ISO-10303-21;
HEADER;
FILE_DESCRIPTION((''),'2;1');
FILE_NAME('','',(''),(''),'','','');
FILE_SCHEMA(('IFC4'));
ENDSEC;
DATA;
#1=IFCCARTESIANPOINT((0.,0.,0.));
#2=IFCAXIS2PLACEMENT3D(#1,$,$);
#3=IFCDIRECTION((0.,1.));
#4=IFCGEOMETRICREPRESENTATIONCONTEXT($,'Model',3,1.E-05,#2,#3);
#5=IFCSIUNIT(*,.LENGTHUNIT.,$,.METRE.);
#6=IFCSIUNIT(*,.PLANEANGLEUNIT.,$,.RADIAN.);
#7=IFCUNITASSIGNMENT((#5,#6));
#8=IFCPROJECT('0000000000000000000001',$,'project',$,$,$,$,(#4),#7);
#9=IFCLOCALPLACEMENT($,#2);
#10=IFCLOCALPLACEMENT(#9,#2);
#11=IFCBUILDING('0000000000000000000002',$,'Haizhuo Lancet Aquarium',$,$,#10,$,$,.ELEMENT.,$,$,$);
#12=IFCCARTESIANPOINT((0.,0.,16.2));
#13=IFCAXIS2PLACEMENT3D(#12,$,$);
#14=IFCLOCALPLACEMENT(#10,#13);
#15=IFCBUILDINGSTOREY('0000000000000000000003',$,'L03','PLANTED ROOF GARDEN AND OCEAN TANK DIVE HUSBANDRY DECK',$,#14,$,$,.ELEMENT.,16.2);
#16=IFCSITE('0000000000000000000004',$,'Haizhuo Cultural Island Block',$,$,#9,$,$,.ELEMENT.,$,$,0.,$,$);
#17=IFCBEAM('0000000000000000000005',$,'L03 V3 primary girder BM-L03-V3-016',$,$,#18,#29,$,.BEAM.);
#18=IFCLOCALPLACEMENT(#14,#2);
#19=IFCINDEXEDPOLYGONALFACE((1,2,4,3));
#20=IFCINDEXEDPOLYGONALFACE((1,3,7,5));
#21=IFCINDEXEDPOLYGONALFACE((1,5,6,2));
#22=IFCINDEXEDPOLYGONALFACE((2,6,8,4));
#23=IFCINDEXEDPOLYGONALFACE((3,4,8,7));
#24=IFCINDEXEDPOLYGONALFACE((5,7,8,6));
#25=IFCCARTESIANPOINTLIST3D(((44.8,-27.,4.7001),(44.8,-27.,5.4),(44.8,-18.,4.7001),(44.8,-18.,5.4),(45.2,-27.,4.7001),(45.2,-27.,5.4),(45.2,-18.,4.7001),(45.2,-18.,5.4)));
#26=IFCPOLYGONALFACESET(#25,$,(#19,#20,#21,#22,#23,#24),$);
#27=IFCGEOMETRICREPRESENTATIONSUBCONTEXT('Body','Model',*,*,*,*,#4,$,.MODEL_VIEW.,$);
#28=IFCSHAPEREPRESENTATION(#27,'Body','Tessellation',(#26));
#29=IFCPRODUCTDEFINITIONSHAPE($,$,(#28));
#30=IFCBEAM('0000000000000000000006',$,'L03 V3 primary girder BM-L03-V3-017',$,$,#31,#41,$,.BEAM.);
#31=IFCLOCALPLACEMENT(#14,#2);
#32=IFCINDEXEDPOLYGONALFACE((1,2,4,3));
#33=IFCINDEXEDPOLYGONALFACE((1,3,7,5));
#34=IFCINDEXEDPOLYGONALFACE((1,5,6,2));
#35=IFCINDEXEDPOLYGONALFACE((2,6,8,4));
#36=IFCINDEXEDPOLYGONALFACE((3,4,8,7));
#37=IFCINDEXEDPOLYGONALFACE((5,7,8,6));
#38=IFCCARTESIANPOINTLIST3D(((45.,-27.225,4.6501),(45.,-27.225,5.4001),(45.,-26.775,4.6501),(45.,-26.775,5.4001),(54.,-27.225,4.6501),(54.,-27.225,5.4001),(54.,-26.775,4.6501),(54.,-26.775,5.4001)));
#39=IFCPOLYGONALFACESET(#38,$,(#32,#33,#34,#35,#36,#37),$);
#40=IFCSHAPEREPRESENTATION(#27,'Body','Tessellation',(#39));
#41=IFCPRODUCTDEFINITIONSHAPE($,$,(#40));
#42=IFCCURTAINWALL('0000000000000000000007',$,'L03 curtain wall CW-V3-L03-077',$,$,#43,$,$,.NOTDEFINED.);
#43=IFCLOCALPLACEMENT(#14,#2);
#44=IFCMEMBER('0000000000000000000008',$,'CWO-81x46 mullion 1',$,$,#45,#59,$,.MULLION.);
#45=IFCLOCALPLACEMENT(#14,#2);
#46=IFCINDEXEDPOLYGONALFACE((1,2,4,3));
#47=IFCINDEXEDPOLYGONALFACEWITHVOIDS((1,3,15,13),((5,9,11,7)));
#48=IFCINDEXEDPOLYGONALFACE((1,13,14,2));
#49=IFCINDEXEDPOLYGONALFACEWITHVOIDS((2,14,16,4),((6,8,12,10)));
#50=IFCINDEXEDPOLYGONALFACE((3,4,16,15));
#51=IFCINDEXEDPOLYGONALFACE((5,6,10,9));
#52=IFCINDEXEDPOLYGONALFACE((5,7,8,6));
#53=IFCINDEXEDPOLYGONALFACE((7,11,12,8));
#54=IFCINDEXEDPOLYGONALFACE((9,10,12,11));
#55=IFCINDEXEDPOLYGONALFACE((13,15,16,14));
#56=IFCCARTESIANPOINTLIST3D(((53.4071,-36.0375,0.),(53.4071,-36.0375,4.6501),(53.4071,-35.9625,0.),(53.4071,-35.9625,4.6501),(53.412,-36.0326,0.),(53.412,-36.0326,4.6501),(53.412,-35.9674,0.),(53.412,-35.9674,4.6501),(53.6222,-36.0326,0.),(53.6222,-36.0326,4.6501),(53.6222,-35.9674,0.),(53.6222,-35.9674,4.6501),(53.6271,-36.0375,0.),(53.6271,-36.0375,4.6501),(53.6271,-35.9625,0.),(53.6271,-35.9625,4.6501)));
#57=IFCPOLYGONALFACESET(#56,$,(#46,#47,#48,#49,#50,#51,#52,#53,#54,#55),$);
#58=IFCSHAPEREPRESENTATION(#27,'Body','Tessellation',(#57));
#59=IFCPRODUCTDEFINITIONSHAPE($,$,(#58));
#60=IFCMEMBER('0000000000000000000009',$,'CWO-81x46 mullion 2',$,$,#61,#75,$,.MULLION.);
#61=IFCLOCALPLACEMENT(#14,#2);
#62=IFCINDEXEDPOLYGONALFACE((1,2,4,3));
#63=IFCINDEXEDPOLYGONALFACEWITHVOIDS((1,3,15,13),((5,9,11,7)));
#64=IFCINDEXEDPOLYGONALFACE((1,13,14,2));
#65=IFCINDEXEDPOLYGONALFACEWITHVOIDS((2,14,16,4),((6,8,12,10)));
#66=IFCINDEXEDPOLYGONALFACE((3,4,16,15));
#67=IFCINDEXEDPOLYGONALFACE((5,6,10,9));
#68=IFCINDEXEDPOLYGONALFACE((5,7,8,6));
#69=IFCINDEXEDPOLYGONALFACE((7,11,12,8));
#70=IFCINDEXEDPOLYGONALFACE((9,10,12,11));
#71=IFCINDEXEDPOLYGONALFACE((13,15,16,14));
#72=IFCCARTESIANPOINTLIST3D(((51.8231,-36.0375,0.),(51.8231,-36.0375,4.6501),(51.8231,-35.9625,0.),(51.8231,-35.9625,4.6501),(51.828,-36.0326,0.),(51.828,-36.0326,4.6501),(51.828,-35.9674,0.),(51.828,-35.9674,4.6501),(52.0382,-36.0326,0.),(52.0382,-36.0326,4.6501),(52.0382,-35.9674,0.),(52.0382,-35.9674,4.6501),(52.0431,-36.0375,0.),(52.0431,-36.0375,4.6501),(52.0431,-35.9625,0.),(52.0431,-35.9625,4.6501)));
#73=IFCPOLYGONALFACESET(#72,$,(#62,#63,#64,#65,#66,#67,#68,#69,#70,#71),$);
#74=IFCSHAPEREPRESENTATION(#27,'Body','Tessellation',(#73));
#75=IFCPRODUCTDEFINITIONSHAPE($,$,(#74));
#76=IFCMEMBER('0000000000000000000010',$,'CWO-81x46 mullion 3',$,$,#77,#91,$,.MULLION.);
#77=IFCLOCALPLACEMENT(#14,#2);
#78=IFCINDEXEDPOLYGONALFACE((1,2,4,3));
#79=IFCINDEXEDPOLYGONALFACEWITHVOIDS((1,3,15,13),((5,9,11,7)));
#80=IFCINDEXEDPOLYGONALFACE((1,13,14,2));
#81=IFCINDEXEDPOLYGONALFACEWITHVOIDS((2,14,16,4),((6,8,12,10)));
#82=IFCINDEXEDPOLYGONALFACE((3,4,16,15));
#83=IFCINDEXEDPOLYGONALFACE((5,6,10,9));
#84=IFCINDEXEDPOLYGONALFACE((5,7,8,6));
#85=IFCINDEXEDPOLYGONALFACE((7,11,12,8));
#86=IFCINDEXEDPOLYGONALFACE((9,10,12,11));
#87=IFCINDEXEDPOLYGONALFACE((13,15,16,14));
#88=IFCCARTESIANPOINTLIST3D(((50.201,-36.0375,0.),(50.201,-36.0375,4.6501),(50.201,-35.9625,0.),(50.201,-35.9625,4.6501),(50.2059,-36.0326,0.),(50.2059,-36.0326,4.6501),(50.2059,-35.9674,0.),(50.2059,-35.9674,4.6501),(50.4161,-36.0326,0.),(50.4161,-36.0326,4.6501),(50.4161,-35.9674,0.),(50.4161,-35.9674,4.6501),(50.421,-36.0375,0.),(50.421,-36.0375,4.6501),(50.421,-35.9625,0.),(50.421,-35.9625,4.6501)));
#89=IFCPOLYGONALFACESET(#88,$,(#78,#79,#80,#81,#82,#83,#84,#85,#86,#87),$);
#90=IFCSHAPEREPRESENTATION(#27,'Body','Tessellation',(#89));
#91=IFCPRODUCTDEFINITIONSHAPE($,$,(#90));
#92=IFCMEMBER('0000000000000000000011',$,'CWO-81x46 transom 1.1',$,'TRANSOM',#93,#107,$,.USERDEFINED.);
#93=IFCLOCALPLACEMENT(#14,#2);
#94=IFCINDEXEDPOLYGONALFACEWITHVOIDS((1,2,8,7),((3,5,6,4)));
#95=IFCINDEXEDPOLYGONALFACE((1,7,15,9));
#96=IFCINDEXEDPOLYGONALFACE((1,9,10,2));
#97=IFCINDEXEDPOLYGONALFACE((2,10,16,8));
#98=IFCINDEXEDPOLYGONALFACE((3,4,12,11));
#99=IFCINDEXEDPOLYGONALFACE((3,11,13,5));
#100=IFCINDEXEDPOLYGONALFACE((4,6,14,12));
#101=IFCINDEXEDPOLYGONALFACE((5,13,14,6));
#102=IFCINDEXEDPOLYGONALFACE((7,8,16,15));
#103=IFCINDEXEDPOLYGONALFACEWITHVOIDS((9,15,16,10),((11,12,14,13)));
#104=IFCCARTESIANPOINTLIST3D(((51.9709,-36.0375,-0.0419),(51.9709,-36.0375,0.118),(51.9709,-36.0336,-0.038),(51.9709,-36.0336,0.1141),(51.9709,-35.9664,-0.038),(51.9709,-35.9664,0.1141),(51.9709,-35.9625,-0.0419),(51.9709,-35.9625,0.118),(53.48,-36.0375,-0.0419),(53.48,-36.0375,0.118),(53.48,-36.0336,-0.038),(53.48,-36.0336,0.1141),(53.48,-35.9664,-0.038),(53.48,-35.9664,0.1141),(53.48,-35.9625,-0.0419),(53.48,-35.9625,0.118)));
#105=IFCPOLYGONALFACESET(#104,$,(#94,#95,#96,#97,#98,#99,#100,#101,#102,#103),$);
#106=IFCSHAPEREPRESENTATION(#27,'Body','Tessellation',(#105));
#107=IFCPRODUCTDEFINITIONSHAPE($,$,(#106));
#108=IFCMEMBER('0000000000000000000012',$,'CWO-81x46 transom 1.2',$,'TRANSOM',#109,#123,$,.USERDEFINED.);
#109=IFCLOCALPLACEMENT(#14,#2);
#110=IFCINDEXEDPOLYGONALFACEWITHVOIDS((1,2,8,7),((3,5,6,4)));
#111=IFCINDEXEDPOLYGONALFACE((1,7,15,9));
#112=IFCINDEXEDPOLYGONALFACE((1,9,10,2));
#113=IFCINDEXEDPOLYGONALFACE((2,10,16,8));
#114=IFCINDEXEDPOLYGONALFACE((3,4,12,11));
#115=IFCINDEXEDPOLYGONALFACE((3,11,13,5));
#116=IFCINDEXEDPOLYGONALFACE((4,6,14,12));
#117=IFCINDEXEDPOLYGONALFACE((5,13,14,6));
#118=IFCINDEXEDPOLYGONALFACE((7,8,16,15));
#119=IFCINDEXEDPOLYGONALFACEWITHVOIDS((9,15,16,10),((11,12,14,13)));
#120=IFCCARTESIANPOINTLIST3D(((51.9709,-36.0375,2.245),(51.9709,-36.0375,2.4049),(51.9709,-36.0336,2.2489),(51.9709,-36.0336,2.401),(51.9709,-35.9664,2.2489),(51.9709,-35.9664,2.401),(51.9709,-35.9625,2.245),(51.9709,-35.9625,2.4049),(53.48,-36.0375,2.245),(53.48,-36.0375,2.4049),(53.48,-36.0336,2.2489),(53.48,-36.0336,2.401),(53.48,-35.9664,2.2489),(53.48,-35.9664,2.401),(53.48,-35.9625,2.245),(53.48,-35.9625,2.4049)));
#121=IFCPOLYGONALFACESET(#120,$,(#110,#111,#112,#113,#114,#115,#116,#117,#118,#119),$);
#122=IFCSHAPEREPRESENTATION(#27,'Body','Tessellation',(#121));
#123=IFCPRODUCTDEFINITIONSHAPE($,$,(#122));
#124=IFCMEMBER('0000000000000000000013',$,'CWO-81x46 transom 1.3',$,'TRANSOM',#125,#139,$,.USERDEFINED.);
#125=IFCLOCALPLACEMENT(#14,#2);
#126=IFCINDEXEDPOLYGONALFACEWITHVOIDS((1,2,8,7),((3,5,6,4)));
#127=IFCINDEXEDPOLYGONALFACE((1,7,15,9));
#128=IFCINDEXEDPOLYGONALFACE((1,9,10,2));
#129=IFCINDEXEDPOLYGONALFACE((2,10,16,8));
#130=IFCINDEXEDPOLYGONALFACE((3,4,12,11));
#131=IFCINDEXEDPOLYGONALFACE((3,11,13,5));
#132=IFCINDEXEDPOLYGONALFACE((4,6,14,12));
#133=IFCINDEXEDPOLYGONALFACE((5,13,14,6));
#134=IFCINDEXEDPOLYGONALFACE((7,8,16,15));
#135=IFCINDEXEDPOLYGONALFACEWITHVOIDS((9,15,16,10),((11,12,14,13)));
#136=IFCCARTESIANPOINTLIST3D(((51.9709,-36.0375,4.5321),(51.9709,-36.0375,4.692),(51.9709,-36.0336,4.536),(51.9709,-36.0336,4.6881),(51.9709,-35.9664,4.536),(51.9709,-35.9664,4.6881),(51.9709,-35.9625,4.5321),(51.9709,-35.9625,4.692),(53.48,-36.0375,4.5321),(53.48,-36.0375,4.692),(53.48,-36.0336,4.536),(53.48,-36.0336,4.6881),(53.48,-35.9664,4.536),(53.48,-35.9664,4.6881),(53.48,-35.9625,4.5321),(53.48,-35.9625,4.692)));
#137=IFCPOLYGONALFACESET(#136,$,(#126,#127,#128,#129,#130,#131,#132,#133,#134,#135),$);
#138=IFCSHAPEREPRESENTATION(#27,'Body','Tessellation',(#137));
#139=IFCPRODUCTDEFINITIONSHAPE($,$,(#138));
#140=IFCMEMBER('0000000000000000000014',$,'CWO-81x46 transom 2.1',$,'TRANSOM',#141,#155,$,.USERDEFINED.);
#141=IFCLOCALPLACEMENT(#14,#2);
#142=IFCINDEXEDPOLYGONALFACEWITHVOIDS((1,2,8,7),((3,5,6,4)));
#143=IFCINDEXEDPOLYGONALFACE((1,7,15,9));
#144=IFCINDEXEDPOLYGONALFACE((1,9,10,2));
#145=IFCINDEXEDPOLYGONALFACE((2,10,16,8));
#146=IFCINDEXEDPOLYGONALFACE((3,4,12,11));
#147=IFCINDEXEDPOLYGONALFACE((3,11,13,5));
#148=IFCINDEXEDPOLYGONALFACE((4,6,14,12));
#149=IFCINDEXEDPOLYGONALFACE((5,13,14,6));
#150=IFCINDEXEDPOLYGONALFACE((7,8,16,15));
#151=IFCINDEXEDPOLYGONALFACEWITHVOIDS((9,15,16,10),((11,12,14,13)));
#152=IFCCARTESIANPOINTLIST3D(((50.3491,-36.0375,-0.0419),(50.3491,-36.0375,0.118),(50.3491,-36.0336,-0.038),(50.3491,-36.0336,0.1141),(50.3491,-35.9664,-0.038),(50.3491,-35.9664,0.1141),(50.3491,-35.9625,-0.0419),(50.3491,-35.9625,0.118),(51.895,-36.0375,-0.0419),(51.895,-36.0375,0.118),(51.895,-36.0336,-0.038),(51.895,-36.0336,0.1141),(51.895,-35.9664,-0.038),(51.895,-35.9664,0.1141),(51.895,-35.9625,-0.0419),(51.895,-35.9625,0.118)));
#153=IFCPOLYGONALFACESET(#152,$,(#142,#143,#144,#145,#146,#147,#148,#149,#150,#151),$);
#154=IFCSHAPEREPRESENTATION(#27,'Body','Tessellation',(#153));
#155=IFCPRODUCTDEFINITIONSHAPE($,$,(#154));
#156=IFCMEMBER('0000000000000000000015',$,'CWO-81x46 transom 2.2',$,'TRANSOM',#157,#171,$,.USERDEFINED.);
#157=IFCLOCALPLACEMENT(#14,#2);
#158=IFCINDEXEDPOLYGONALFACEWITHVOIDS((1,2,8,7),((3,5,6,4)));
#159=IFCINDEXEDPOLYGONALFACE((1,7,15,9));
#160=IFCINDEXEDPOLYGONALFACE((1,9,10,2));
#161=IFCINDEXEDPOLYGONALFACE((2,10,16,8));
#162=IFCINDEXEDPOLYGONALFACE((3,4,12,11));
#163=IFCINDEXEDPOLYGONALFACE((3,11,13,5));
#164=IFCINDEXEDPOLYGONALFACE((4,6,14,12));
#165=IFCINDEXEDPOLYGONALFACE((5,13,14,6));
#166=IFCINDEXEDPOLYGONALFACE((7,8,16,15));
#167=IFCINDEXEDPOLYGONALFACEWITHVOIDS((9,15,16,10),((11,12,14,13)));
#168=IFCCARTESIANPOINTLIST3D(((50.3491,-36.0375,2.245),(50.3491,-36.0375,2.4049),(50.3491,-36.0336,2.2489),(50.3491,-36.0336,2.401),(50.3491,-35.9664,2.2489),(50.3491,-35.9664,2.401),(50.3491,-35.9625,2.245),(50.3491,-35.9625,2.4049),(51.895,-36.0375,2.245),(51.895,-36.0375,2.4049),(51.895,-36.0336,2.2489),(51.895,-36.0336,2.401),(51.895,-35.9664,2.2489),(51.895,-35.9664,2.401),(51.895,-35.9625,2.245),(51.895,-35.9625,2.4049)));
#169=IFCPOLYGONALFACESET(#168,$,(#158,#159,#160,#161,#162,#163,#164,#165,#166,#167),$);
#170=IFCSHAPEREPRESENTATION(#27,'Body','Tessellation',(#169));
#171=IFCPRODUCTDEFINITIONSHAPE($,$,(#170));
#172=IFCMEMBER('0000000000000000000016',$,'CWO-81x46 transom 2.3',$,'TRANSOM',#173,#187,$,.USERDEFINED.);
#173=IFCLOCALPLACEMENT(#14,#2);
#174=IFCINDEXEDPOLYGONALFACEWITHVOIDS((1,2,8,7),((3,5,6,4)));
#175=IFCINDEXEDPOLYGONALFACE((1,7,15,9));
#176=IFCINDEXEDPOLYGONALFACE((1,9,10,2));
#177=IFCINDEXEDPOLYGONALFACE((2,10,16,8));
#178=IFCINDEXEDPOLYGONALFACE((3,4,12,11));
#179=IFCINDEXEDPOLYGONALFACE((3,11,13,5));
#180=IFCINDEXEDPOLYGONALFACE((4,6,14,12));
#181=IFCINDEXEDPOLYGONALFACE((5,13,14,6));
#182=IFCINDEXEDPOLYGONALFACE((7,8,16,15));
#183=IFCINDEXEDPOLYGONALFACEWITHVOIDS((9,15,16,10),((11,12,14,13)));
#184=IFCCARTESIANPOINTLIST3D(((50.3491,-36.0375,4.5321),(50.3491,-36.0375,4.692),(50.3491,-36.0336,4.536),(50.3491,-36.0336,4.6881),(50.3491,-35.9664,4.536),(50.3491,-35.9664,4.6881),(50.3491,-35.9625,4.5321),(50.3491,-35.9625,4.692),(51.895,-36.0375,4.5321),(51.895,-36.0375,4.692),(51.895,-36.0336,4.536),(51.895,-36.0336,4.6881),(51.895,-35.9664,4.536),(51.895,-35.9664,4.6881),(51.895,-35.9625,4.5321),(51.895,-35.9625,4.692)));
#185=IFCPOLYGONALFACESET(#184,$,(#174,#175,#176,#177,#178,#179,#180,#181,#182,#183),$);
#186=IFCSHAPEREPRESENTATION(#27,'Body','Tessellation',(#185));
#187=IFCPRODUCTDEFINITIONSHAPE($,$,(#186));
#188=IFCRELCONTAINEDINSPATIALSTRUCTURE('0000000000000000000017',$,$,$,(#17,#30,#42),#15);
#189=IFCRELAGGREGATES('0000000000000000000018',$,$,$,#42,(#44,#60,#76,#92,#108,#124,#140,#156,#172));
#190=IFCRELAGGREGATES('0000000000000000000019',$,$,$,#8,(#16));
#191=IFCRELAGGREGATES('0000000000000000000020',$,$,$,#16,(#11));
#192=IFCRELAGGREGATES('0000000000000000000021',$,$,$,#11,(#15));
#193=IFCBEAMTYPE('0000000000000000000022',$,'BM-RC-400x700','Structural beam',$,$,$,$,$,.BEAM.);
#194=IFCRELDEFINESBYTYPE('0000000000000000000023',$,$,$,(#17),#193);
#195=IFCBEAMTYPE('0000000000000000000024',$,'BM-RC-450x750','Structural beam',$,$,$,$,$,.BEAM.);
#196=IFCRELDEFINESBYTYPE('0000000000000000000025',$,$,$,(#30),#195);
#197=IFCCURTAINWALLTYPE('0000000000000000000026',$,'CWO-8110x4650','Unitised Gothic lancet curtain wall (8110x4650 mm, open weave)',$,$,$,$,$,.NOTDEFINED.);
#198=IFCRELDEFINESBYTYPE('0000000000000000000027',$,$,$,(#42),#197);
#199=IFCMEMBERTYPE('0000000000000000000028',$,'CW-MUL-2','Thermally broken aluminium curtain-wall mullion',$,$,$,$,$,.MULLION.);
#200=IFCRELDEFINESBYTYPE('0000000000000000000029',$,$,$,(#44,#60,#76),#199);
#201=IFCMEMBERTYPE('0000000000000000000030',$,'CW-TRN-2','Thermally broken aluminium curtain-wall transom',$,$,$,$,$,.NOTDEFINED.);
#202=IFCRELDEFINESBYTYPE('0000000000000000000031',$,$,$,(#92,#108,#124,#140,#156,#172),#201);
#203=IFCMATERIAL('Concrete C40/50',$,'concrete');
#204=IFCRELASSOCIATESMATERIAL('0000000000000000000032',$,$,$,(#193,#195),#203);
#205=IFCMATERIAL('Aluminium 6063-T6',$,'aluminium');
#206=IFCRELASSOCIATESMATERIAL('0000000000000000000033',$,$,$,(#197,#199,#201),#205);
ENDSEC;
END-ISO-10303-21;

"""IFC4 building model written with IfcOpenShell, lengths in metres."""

from ifc_helpers import new_model, si_unit, direction, frame, origin, origin_2d, place, context, subcontext, project, spatial, rectangle, hollow_rectangle, extrude, material, material_profile, profile_set, type_object, element, aggregate, save


model = new_model("IFC4")

# Units and contexts
model_context = context("Model", 3, precision=1e-05, world=origin(), true_north=direction((0.0, 1.0)))
body_context = subcontext(model_context, "Body", "Model", "MODEL_VIEW")
ifc_project = project(units=[si_unit("LENGTHUNIT", "METRE"), si_unit("PLANEANGLEUNIT", "RADIAN")], contexts=[model_context])

# Site, building, storey
site_placement = place(None, origin())
site = spatial("IfcSite", under=ifc_project, at=site_placement, Name="Haizhuo Cultural Island Block", CompositionType="ELEMENT", RefElevation=0.0)
building_placement = place(site_placement, origin())
building = spatial("IfcBuilding", under=site, at=building_placement, Name="Haizhuo Lancet Aquarium", CompositionType="ELEMENT")
storey_placement = place(building_placement, frame((0.0, 0.0, 16.2)))
storey = spatial("IfcBuildingStorey", under=building, at=storey_placement, Name="L03", Description="PLANTED ROOF GARDEN AND OCEAN TANK DIVE HUSBANDRY DECK", CompositionType="ELEMENT", Elevation=16.2)

# Beams
ifc_material_1 = material(Name="Concrete C40/50", Category="concrete")
ifc_material_profile_1 = material_profile(ifc_material_1, rectangle(XDim=0.3999, YDim=0.7, at=origin_2d()), Name="RC-BM 400x700")
ifc_profile_set_1 = profile_set([ifc_material_profile_1], Name="Concrete C40/50")
beam_type_1 = type_object("IfcBeamType", Name="BM-RC-400x700", Description="Structural beam", PredefinedType="BEAM", material=ifc_profile_set_1)
beam_1_placement = place(storey_placement, frame((45.0, -27.0, 5.05), z_axis=(0.0, 1.0, 0.0), x_axis=(-1.0, 0.0, 0.0)))
element("IfcBeam", 1, at=beam_1_placement, inside=storey, type_object=beam_type_1, Name="L03 V3 primary girder BM-L03-V3-016", PredefinedType="BEAM", context=body_context, shape_type="SweptSolid", body=[
    extrude(rectangle(XDim=0.3999, YDim=0.7, at=origin_2d()), origin(), (0.0, 0.0, 1.0), 9.0),
])
ifc_material_profile_2 = material_profile(ifc_material_1, rectangle(XDim=0.45, YDim=0.75, at=origin_2d()), Name="RC-BM 450x750")
ifc_profile_set_2 = profile_set([ifc_material_profile_2], Name="Concrete C40/50")
beam_type_2 = type_object("IfcBeamType", Name="BM-RC-450x750", Description="Structural beam", PredefinedType="BEAM", material=ifc_profile_set_2)
beam_2_placement = place(storey_placement, frame((45.0, -27.0, 5.0251), z_axis=(1.0, 0.0, 0.0), x_axis=(0.0, 1.0, 0.0)))
element("IfcBeam", 2, at=beam_2_placement, inside=storey, type_object=beam_type_2, Name="L03 V3 primary girder BM-L03-V3-017", PredefinedType="BEAM", context=body_context, shape_type="SweptSolid", body=[
    extrude(rectangle(XDim=0.45, YDim=0.75, at=origin_2d()), origin(), (0.0, 0.0, 1.0), 9.0),
])

# Curtain wall, members
ifc_material_2 = material(Name="Aluminium 6063-T6", Category="aluminium")
curtain_wall_type = type_object("IfcCurtainWallType", Name="CWO-8110x4650", Description="Unitised Gothic lancet curtain wall (8110x4650 mm, open weave)", PredefinedType="NOTDEFINED", material=ifc_material_2)
curtain_wall_placement = place(storey_placement, origin())
curtain_wall = element("IfcCurtainWall", 3, at=curtain_wall_placement, inside=storey, type_object=curtain_wall_type, Name="L03 curtain wall CW-V3-L03-077", PredefinedType="NOTDEFINED")
ifc_material_profile_3 = material_profile(ifc_material_2, hollow_rectangle(XDim=0.075, YDim=0.22, WallThickness=0.0049, at=origin_2d()), Name="ALU-M 75x220x5")
ifc_profile_set_3 = profile_set([ifc_material_profile_3], Name="Aluminium 6063-T6")
member_type_1 = type_object("IfcMemberType", Name="CW-MUL-2", Description="Thermally broken aluminium curtain-wall mullion", PredefinedType="MULLION", material=ifc_profile_set_3)
member_1_placement = place(storey_placement, frame((53.5171, -36.0, 0.0), z_axis=(0.0, 0.0, 1.0), x_axis=(0.0, -1.0, 0.0)))
member_1 = element("IfcMember", 4, at=member_1_placement, type_object=member_type_1, Name="CWO-81x46 mullion 1", PredefinedType="MULLION", context=body_context, shape_type="SweptSolid", body=[
    extrude(hollow_rectangle(XDim=0.075, YDim=0.22, WallThickness=0.0049, at=origin_2d()), origin(), (0.0, 0.0, 1.0), 4.6501),
])
member_2_placement = place(storey_placement, frame((51.9331, -36.0, 0.0), z_axis=(0.0, 0.0, 1.0), x_axis=(0.0, -1.0, 0.0)))
member_2 = element("IfcMember", 5, at=member_2_placement, type_object=member_type_1, Name="CWO-81x46 mullion 2", PredefinedType="MULLION", context=body_context, shape_type="SweptSolid", body=[
    extrude(hollow_rectangle(XDim=0.075, YDim=0.22, WallThickness=0.0049, at=origin_2d()), origin(), (0.0, 0.0, 1.0), 4.6501),
])
member_3_placement = place(storey_placement, frame((50.311, -36.0, 0.0), z_axis=(0.0, 0.0, 1.0), x_axis=(0.0, -1.0, 0.0)))
member_3 = element("IfcMember", 6, at=member_3_placement, type_object=member_type_1, Name="CWO-81x46 mullion 3", PredefinedType="MULLION", context=body_context, shape_type="SweptSolid", body=[
    extrude(hollow_rectangle(XDim=0.075, YDim=0.22, WallThickness=0.0049, at=origin_2d()), origin(), (0.0, 0.0, 1.0), 4.6501),
])
ifc_material_profile_4 = material_profile(ifc_material_2, hollow_rectangle(XDim=0.075, YDim=0.1599, WallThickness=0.0039, at=origin_2d()), Name="ALU-T 75x160x4")
ifc_profile_set_4 = profile_set([ifc_material_profile_4], Name="Aluminium 6063-T6")
member_type_2 = type_object("IfcMemberType", Name="CW-TRN-2", Description="Thermally broken aluminium curtain-wall transom", PredefinedType="NOTDEFINED", material=ifc_profile_set_4)
member_4_placement = place(storey_placement, frame((53.48, -36.0, 0.0381), z_axis=(-1.0, 0.0, 0.0), x_axis=(0.0, -1.0, 0.0)))
member_4 = element("IfcMember", 7, at=member_4_placement, type_object=member_type_2, Name="CWO-81x46 transom 1.1", ObjectType="TRANSOM", PredefinedType="USERDEFINED", context=body_context, shape_type="SweptSolid", body=[
    extrude(hollow_rectangle(XDim=0.075, YDim=0.1599, WallThickness=0.0039, at=origin_2d()), origin(), (0.0, 0.0, 1.0), 1.509),
])
member_5_placement = place(storey_placement, frame((53.48, -36.0, 2.325), z_axis=(-1.0, 0.0, 0.0), x_axis=(0.0, -1.0, 0.0)))
member_5 = element("IfcMember", 8, at=member_5_placement, type_object=member_type_2, Name="CWO-81x46 transom 1.2", ObjectType="TRANSOM", PredefinedType="USERDEFINED", context=body_context, shape_type="SweptSolid", body=[
    extrude(hollow_rectangle(XDim=0.075, YDim=0.1599, WallThickness=0.0039, at=origin_2d()), origin(), (0.0, 0.0, 1.0), 1.509),
])
member_6_placement = place(storey_placement, frame((53.48, -36.0, 4.6121), z_axis=(-1.0, 0.0, 0.0), x_axis=(0.0, -1.0, 0.0)))
member_6 = element("IfcMember", 9, at=member_6_placement, type_object=member_type_2, Name="CWO-81x46 transom 1.3", ObjectType="TRANSOM", PredefinedType="USERDEFINED", context=body_context, shape_type="SweptSolid", body=[
    extrude(hollow_rectangle(XDim=0.075, YDim=0.1599, WallThickness=0.0039, at=origin_2d()), origin(), (0.0, 0.0, 1.0), 1.509),
])
member_7_placement = place(storey_placement, frame((51.895, -36.0, 0.0381), z_axis=(-1.0, 0.0, 0.0), x_axis=(0.0, -1.0, 0.0)))
member_7 = element("IfcMember", 10, at=member_7_placement, type_object=member_type_2, Name="CWO-81x46 transom 2.1", ObjectType="TRANSOM", PredefinedType="USERDEFINED", context=body_context, shape_type="SweptSolid", body=[
    extrude(hollow_rectangle(XDim=0.075, YDim=0.1599, WallThickness=0.0039, at=origin_2d()), origin(), (0.0, 0.0, 1.0), 1.5459),
])
member_8_placement = place(storey_placement, frame((51.895, -36.0, 2.325), z_axis=(-1.0, 0.0, 0.0), x_axis=(0.0, -1.0, 0.0)))
member_8 = element("IfcMember", 11, at=member_8_placement, type_object=member_type_2, Name="CWO-81x46 transom 2.2", ObjectType="TRANSOM", PredefinedType="USERDEFINED", context=body_context, shape_type="SweptSolid", body=[
    extrude(hollow_rectangle(XDim=0.075, YDim=0.1599, WallThickness=0.0039, at=origin_2d()), origin(), (0.0, 0.0, 1.0), 1.5459),
])
member_9_placement = place(storey_placement, frame((51.895, -36.0, 4.6121), z_axis=(-1.0, 0.0, 0.0), x_axis=(0.0, -1.0, 0.0)))
member_9 = element("IfcMember", 12, at=member_9_placement, type_object=member_type_2, Name="CWO-81x46 transom 2.3", ObjectType="TRANSOM", PredefinedType="USERDEFINED", context=body_context, shape_type="SweptSolid", body=[
    extrude(hollow_rectangle(XDim=0.075, YDim=0.1599, WallThickness=0.0039, at=origin_2d()), origin(), (0.0, 0.0, 1.0), 1.5459),
])

aggregate(curtain_wall, [member_1, member_2, member_3, member_4, member_5, member_6, member_7, member_8, member_9])

save(model, "model.ifc")
